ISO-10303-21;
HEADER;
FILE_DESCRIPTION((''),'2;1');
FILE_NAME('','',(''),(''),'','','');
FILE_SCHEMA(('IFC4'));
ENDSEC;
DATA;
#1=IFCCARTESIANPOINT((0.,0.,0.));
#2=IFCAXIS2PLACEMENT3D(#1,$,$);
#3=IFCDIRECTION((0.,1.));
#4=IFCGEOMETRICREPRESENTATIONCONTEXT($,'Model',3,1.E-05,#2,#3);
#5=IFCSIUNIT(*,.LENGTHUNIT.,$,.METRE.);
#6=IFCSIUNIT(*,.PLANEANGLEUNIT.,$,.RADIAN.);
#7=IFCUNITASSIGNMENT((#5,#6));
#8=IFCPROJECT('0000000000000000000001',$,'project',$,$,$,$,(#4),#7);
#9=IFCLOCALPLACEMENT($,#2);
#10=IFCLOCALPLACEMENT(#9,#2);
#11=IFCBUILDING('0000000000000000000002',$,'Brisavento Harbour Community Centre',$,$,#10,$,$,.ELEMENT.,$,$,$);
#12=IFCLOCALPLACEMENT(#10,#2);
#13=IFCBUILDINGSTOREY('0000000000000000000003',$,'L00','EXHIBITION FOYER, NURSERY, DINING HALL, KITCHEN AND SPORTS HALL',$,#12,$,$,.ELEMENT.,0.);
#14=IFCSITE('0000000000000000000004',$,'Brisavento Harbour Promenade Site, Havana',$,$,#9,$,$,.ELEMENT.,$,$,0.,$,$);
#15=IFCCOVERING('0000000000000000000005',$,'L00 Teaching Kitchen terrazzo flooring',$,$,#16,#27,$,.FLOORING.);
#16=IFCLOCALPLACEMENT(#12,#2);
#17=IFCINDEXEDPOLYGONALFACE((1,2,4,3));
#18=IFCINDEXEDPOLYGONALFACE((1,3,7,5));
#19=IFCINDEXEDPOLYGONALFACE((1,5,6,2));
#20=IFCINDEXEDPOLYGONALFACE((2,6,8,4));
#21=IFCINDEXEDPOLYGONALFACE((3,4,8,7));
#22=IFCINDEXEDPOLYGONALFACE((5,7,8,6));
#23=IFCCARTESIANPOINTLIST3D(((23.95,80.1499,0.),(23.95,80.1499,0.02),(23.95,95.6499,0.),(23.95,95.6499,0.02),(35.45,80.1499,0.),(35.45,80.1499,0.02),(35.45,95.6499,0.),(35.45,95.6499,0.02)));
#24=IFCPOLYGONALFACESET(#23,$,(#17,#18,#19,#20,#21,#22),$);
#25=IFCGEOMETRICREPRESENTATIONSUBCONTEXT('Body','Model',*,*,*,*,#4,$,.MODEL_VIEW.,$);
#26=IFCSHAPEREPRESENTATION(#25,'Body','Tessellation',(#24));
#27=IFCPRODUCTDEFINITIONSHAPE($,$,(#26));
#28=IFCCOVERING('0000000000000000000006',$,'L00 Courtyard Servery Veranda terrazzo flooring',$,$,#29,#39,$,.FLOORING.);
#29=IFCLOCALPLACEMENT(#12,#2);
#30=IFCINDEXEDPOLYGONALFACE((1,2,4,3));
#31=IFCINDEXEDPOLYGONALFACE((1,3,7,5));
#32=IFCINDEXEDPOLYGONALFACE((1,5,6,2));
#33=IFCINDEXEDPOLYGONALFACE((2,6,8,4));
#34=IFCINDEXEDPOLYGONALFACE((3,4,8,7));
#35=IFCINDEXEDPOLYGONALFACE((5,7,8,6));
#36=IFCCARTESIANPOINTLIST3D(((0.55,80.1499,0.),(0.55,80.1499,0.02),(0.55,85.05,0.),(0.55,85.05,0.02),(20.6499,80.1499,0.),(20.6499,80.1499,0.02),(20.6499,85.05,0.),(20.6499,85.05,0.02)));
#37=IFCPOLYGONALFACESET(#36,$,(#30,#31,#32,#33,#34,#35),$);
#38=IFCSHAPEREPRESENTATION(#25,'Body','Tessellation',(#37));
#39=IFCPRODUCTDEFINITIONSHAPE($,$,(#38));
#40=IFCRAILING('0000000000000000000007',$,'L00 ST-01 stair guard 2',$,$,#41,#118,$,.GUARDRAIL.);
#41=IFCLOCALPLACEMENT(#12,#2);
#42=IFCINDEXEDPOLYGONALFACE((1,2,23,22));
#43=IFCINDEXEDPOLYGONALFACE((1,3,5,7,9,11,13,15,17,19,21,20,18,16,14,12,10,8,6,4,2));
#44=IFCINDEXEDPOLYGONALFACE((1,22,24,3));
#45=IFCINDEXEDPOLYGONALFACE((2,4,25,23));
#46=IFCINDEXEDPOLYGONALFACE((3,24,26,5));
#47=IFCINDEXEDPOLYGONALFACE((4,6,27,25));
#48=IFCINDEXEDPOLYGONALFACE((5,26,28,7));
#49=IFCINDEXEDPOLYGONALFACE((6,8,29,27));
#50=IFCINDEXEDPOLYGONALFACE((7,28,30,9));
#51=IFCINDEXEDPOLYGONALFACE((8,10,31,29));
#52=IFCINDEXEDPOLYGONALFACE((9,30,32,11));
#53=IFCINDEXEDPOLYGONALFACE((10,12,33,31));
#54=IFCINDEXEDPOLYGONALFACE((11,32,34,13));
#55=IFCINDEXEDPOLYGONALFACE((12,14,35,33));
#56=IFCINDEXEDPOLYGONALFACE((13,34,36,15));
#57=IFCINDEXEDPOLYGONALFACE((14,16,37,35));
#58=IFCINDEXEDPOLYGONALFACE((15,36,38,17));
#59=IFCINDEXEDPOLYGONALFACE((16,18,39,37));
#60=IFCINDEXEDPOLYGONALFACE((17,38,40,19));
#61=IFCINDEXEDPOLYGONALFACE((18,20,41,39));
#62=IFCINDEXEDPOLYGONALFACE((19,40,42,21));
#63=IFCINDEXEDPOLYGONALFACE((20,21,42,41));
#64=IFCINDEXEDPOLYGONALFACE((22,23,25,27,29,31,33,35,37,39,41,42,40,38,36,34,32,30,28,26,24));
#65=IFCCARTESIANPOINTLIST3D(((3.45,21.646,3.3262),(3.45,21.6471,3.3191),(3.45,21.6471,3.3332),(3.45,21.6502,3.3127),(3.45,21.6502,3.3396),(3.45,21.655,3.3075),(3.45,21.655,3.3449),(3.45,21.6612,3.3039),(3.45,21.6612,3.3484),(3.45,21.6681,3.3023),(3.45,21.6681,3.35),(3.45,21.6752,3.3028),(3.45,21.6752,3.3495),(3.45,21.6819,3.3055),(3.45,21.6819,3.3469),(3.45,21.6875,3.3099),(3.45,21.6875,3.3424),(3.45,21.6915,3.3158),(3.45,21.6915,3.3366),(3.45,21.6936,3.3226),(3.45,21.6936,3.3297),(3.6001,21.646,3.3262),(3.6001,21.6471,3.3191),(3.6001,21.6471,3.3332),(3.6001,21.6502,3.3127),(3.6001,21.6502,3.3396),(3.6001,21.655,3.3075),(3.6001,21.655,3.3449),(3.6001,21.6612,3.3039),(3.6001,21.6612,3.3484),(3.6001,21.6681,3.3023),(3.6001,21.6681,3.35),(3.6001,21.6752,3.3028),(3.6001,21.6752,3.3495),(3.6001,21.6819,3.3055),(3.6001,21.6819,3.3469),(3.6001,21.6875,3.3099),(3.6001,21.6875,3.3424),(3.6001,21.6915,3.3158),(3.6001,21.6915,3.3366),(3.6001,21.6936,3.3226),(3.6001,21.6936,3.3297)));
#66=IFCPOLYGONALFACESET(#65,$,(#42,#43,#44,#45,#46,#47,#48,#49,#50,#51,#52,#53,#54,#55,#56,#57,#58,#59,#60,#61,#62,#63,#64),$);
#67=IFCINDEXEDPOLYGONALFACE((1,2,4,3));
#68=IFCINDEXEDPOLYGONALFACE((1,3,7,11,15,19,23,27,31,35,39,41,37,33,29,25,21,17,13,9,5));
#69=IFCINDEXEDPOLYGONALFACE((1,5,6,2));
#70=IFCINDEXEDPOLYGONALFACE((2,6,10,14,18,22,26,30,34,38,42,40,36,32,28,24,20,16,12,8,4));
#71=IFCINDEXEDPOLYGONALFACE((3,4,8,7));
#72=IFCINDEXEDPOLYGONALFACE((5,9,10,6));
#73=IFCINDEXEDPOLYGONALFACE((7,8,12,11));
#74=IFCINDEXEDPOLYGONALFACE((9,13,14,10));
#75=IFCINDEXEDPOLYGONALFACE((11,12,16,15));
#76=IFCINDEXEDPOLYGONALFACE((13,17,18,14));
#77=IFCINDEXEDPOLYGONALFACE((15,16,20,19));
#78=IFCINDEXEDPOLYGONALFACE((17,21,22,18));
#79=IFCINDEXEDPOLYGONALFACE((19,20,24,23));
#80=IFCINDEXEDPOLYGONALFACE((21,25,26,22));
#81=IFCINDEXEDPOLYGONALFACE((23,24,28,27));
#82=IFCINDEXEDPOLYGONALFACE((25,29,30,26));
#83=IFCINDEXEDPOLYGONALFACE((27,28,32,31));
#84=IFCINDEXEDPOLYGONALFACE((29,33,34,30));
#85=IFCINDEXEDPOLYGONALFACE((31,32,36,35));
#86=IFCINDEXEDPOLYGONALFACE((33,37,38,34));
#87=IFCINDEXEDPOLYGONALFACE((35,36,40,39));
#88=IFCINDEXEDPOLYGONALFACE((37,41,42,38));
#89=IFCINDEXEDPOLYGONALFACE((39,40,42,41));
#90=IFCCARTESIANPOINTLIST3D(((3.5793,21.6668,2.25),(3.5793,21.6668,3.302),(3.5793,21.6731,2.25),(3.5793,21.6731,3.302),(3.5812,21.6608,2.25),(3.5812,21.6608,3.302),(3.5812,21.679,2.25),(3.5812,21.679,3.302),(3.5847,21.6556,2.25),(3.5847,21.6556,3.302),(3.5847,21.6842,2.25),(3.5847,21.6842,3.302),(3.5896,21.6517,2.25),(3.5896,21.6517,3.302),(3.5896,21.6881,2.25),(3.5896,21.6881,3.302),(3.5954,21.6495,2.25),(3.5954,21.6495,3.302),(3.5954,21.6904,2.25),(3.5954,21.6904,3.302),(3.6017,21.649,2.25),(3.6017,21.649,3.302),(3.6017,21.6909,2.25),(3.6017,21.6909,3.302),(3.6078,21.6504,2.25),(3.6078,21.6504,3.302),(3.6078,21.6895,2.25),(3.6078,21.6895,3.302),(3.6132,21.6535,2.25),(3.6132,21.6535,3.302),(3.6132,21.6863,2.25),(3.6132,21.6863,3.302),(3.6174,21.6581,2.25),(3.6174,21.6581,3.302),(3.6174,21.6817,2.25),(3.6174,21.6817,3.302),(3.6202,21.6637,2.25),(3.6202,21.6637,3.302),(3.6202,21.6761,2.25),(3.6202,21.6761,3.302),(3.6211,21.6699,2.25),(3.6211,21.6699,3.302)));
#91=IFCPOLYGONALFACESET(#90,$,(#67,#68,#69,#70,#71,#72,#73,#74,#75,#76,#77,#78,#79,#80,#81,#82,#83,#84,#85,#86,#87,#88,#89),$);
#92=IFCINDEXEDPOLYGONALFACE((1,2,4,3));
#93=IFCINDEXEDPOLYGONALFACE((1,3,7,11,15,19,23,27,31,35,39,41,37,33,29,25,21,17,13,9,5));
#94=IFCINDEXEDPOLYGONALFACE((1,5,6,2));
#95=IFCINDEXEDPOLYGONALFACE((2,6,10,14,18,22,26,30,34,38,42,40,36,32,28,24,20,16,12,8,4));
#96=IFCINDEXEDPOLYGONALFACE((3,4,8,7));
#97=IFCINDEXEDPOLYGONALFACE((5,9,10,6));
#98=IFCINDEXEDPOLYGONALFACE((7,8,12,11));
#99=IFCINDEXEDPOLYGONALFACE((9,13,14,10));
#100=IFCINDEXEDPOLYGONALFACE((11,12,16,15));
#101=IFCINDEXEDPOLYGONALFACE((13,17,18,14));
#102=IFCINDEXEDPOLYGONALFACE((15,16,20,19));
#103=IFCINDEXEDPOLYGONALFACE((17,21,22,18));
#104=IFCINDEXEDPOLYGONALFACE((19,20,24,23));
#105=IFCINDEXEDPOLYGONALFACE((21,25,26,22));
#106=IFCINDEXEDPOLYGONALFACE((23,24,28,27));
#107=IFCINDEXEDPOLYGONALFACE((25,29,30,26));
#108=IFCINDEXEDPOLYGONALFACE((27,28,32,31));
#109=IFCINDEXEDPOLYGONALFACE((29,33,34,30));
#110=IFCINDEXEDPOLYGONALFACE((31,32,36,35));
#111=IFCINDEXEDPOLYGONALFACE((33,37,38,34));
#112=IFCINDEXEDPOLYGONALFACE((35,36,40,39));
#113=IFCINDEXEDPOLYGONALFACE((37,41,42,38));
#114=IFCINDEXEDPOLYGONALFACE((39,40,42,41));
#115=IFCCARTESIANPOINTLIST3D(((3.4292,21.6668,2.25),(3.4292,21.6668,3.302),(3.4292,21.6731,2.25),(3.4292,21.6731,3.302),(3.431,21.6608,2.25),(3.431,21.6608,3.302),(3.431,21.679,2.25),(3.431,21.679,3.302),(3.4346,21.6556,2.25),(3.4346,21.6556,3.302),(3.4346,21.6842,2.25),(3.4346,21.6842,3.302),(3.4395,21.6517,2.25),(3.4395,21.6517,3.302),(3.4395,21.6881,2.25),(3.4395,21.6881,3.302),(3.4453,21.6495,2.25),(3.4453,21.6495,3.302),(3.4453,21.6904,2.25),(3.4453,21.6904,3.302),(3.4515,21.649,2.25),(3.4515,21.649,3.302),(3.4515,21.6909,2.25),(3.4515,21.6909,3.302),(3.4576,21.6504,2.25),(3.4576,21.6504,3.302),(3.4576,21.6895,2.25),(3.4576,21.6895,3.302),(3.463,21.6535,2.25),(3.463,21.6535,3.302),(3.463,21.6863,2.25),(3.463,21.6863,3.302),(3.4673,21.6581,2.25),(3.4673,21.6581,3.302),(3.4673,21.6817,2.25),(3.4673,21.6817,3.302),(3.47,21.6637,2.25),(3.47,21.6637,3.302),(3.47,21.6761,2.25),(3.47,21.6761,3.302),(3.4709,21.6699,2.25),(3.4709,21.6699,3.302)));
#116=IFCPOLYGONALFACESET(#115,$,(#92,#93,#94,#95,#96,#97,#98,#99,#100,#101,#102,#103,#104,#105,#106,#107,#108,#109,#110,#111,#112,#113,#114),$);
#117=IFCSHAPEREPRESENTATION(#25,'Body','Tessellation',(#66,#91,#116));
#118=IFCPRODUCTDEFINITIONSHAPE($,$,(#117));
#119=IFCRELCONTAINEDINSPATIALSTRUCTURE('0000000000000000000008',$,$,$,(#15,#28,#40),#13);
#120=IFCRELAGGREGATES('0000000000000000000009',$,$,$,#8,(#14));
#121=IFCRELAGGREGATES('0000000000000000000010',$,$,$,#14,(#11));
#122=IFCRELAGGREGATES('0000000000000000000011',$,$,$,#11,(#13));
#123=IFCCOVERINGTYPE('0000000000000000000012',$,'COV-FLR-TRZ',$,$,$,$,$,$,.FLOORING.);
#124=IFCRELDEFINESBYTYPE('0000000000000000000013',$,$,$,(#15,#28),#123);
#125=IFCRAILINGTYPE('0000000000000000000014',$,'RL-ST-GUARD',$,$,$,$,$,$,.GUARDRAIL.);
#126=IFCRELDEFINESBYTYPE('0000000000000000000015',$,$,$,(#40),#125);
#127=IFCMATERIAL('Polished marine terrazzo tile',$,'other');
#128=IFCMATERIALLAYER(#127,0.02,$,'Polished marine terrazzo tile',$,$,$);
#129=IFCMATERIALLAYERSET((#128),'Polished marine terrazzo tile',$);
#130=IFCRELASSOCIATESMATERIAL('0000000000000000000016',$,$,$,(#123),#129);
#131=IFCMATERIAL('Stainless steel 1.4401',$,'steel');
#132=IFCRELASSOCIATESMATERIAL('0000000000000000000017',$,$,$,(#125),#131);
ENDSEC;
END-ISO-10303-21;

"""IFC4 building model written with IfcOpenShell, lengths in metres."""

from ifc_helpers import new_model, si_unit, direction, frame, origin, origin_2d, place, context, subcontext, project, spatial, polyline, circle, outline, extrude, material, layer, layer_set, type_object, element, save


model = new_model("IFC4")

# Units and contexts
model_context = context("Model", 3, precision=1e-05, world=origin(), true_north=direction((0.0, 1.0)))
body_context = subcontext(model_context, "Body", "Model", "MODEL_VIEW")
ifc_project = project(units=[si_unit("LENGTHUNIT", "METRE"), si_unit("PLANEANGLEUNIT", "RADIAN")], contexts=[model_context])

# Site, building, storey
site_placement = place(None, origin())
site = spatial("IfcSite", under=ifc_project, at=site_placement, Name="Brisavento Harbour Promenade Site, Havana", CompositionType="ELEMENT", RefElevation=0.0)
building_placement = place(site_placement, origin())
building = spatial("IfcBuilding", under=site, at=building_placement, Name="Brisavento Harbour Community Centre", CompositionType="ELEMENT")
storey_placement = place(building_placement, origin())
storey = spatial("IfcBuildingStorey", under=building, at=storey_placement, Name="L00", Description="EXHIBITION FOYER, NURSERY, DINING HALL, KITCHEN AND SPORTS HALL", CompositionType="ELEMENT", Elevation=0.0)

# Coverings
ifc_material_1 = material(Name="Polished marine terrazzo tile", Category="other")
ifc_layer_1 = layer(ifc_material_1, 0.02, Name="Polished marine terrazzo tile")
ifc_layer_set_1 = layer_set([ifc_layer_1], Name="Polished marine terrazzo tile")
covering_type = type_object("IfcCoveringType", Name="COV-FLR-TRZ", PredefinedType="FLOORING", material=ifc_layer_set_1)
covering_1_placement = place(storey_placement, origin())
element("IfcCovering", 1, at=covering_1_placement, inside=storey, type_object=covering_type, Name="L00 Teaching Kitchen terrazzo flooring", PredefinedType="FLOORING", context=body_context, shape_type="SweptSolid", body=[
    extrude(outline(polyline([(23.95, 95.6499), (23.95, 80.1499), (35.45, 80.1499), (35.45, 95.6499), (23.95, 95.6499)])), origin(), (0.0, 0.0, 1.0), 0.02),
])
covering_2_placement = place(storey_placement, origin())
element("IfcCovering", 2, at=covering_2_placement, inside=storey, type_object=covering_type, Name="L00 Courtyard Servery Veranda terrazzo flooring", PredefinedType="FLOORING", context=body_context, shape_type="SweptSolid", body=[
    extrude(outline(polyline([(20.6499, 80.1499), (20.6499, 85.05), (0.55, 85.05), (0.55, 80.1499), (20.6499, 80.1499)])), origin(), (0.0, 0.0, 1.0), 0.02),
])

# Railing
ifc_material_2 = material(Name="Stainless steel 1.4401", Category="steel")
railing_type_1 = type_object("IfcRailingType", Name="RL-ST-GUARD", PredefinedType="GUARDRAIL", material=ifc_material_2)
railing_1_placement = place(storey_placement, frame((3.6001, 21.6699, 2.25)))
element("IfcRailing", 3, at=railing_1_placement, inside=storey, type_object=railing_type_1, Name="L00 ST-01 stair guard 2", PredefinedType="GUARDRAIL", context=body_context, shape_type="SweptSolid", body=[
    extrude(circle(Radius=0.0239, at=origin_2d()), frame((0.0, 0.0, 1.0762), z_axis=(-1.0, 0.0, 0.0), x_axis=(0.0, -1.0, 0.0)), (0.0, 0.0, 1.0), 0.1501),
    extrude(circle(Radius=0.021, at=origin_2d()), origin(), (0.0, 0.0, 1.0), 1.052),
    extrude(circle(Radius=0.021, at=origin_2d()), frame((-0.1501, 0.0, 0.0)), (0.0, 0.0, 1.0), 1.052),
])

save(model, "model.ifc")
